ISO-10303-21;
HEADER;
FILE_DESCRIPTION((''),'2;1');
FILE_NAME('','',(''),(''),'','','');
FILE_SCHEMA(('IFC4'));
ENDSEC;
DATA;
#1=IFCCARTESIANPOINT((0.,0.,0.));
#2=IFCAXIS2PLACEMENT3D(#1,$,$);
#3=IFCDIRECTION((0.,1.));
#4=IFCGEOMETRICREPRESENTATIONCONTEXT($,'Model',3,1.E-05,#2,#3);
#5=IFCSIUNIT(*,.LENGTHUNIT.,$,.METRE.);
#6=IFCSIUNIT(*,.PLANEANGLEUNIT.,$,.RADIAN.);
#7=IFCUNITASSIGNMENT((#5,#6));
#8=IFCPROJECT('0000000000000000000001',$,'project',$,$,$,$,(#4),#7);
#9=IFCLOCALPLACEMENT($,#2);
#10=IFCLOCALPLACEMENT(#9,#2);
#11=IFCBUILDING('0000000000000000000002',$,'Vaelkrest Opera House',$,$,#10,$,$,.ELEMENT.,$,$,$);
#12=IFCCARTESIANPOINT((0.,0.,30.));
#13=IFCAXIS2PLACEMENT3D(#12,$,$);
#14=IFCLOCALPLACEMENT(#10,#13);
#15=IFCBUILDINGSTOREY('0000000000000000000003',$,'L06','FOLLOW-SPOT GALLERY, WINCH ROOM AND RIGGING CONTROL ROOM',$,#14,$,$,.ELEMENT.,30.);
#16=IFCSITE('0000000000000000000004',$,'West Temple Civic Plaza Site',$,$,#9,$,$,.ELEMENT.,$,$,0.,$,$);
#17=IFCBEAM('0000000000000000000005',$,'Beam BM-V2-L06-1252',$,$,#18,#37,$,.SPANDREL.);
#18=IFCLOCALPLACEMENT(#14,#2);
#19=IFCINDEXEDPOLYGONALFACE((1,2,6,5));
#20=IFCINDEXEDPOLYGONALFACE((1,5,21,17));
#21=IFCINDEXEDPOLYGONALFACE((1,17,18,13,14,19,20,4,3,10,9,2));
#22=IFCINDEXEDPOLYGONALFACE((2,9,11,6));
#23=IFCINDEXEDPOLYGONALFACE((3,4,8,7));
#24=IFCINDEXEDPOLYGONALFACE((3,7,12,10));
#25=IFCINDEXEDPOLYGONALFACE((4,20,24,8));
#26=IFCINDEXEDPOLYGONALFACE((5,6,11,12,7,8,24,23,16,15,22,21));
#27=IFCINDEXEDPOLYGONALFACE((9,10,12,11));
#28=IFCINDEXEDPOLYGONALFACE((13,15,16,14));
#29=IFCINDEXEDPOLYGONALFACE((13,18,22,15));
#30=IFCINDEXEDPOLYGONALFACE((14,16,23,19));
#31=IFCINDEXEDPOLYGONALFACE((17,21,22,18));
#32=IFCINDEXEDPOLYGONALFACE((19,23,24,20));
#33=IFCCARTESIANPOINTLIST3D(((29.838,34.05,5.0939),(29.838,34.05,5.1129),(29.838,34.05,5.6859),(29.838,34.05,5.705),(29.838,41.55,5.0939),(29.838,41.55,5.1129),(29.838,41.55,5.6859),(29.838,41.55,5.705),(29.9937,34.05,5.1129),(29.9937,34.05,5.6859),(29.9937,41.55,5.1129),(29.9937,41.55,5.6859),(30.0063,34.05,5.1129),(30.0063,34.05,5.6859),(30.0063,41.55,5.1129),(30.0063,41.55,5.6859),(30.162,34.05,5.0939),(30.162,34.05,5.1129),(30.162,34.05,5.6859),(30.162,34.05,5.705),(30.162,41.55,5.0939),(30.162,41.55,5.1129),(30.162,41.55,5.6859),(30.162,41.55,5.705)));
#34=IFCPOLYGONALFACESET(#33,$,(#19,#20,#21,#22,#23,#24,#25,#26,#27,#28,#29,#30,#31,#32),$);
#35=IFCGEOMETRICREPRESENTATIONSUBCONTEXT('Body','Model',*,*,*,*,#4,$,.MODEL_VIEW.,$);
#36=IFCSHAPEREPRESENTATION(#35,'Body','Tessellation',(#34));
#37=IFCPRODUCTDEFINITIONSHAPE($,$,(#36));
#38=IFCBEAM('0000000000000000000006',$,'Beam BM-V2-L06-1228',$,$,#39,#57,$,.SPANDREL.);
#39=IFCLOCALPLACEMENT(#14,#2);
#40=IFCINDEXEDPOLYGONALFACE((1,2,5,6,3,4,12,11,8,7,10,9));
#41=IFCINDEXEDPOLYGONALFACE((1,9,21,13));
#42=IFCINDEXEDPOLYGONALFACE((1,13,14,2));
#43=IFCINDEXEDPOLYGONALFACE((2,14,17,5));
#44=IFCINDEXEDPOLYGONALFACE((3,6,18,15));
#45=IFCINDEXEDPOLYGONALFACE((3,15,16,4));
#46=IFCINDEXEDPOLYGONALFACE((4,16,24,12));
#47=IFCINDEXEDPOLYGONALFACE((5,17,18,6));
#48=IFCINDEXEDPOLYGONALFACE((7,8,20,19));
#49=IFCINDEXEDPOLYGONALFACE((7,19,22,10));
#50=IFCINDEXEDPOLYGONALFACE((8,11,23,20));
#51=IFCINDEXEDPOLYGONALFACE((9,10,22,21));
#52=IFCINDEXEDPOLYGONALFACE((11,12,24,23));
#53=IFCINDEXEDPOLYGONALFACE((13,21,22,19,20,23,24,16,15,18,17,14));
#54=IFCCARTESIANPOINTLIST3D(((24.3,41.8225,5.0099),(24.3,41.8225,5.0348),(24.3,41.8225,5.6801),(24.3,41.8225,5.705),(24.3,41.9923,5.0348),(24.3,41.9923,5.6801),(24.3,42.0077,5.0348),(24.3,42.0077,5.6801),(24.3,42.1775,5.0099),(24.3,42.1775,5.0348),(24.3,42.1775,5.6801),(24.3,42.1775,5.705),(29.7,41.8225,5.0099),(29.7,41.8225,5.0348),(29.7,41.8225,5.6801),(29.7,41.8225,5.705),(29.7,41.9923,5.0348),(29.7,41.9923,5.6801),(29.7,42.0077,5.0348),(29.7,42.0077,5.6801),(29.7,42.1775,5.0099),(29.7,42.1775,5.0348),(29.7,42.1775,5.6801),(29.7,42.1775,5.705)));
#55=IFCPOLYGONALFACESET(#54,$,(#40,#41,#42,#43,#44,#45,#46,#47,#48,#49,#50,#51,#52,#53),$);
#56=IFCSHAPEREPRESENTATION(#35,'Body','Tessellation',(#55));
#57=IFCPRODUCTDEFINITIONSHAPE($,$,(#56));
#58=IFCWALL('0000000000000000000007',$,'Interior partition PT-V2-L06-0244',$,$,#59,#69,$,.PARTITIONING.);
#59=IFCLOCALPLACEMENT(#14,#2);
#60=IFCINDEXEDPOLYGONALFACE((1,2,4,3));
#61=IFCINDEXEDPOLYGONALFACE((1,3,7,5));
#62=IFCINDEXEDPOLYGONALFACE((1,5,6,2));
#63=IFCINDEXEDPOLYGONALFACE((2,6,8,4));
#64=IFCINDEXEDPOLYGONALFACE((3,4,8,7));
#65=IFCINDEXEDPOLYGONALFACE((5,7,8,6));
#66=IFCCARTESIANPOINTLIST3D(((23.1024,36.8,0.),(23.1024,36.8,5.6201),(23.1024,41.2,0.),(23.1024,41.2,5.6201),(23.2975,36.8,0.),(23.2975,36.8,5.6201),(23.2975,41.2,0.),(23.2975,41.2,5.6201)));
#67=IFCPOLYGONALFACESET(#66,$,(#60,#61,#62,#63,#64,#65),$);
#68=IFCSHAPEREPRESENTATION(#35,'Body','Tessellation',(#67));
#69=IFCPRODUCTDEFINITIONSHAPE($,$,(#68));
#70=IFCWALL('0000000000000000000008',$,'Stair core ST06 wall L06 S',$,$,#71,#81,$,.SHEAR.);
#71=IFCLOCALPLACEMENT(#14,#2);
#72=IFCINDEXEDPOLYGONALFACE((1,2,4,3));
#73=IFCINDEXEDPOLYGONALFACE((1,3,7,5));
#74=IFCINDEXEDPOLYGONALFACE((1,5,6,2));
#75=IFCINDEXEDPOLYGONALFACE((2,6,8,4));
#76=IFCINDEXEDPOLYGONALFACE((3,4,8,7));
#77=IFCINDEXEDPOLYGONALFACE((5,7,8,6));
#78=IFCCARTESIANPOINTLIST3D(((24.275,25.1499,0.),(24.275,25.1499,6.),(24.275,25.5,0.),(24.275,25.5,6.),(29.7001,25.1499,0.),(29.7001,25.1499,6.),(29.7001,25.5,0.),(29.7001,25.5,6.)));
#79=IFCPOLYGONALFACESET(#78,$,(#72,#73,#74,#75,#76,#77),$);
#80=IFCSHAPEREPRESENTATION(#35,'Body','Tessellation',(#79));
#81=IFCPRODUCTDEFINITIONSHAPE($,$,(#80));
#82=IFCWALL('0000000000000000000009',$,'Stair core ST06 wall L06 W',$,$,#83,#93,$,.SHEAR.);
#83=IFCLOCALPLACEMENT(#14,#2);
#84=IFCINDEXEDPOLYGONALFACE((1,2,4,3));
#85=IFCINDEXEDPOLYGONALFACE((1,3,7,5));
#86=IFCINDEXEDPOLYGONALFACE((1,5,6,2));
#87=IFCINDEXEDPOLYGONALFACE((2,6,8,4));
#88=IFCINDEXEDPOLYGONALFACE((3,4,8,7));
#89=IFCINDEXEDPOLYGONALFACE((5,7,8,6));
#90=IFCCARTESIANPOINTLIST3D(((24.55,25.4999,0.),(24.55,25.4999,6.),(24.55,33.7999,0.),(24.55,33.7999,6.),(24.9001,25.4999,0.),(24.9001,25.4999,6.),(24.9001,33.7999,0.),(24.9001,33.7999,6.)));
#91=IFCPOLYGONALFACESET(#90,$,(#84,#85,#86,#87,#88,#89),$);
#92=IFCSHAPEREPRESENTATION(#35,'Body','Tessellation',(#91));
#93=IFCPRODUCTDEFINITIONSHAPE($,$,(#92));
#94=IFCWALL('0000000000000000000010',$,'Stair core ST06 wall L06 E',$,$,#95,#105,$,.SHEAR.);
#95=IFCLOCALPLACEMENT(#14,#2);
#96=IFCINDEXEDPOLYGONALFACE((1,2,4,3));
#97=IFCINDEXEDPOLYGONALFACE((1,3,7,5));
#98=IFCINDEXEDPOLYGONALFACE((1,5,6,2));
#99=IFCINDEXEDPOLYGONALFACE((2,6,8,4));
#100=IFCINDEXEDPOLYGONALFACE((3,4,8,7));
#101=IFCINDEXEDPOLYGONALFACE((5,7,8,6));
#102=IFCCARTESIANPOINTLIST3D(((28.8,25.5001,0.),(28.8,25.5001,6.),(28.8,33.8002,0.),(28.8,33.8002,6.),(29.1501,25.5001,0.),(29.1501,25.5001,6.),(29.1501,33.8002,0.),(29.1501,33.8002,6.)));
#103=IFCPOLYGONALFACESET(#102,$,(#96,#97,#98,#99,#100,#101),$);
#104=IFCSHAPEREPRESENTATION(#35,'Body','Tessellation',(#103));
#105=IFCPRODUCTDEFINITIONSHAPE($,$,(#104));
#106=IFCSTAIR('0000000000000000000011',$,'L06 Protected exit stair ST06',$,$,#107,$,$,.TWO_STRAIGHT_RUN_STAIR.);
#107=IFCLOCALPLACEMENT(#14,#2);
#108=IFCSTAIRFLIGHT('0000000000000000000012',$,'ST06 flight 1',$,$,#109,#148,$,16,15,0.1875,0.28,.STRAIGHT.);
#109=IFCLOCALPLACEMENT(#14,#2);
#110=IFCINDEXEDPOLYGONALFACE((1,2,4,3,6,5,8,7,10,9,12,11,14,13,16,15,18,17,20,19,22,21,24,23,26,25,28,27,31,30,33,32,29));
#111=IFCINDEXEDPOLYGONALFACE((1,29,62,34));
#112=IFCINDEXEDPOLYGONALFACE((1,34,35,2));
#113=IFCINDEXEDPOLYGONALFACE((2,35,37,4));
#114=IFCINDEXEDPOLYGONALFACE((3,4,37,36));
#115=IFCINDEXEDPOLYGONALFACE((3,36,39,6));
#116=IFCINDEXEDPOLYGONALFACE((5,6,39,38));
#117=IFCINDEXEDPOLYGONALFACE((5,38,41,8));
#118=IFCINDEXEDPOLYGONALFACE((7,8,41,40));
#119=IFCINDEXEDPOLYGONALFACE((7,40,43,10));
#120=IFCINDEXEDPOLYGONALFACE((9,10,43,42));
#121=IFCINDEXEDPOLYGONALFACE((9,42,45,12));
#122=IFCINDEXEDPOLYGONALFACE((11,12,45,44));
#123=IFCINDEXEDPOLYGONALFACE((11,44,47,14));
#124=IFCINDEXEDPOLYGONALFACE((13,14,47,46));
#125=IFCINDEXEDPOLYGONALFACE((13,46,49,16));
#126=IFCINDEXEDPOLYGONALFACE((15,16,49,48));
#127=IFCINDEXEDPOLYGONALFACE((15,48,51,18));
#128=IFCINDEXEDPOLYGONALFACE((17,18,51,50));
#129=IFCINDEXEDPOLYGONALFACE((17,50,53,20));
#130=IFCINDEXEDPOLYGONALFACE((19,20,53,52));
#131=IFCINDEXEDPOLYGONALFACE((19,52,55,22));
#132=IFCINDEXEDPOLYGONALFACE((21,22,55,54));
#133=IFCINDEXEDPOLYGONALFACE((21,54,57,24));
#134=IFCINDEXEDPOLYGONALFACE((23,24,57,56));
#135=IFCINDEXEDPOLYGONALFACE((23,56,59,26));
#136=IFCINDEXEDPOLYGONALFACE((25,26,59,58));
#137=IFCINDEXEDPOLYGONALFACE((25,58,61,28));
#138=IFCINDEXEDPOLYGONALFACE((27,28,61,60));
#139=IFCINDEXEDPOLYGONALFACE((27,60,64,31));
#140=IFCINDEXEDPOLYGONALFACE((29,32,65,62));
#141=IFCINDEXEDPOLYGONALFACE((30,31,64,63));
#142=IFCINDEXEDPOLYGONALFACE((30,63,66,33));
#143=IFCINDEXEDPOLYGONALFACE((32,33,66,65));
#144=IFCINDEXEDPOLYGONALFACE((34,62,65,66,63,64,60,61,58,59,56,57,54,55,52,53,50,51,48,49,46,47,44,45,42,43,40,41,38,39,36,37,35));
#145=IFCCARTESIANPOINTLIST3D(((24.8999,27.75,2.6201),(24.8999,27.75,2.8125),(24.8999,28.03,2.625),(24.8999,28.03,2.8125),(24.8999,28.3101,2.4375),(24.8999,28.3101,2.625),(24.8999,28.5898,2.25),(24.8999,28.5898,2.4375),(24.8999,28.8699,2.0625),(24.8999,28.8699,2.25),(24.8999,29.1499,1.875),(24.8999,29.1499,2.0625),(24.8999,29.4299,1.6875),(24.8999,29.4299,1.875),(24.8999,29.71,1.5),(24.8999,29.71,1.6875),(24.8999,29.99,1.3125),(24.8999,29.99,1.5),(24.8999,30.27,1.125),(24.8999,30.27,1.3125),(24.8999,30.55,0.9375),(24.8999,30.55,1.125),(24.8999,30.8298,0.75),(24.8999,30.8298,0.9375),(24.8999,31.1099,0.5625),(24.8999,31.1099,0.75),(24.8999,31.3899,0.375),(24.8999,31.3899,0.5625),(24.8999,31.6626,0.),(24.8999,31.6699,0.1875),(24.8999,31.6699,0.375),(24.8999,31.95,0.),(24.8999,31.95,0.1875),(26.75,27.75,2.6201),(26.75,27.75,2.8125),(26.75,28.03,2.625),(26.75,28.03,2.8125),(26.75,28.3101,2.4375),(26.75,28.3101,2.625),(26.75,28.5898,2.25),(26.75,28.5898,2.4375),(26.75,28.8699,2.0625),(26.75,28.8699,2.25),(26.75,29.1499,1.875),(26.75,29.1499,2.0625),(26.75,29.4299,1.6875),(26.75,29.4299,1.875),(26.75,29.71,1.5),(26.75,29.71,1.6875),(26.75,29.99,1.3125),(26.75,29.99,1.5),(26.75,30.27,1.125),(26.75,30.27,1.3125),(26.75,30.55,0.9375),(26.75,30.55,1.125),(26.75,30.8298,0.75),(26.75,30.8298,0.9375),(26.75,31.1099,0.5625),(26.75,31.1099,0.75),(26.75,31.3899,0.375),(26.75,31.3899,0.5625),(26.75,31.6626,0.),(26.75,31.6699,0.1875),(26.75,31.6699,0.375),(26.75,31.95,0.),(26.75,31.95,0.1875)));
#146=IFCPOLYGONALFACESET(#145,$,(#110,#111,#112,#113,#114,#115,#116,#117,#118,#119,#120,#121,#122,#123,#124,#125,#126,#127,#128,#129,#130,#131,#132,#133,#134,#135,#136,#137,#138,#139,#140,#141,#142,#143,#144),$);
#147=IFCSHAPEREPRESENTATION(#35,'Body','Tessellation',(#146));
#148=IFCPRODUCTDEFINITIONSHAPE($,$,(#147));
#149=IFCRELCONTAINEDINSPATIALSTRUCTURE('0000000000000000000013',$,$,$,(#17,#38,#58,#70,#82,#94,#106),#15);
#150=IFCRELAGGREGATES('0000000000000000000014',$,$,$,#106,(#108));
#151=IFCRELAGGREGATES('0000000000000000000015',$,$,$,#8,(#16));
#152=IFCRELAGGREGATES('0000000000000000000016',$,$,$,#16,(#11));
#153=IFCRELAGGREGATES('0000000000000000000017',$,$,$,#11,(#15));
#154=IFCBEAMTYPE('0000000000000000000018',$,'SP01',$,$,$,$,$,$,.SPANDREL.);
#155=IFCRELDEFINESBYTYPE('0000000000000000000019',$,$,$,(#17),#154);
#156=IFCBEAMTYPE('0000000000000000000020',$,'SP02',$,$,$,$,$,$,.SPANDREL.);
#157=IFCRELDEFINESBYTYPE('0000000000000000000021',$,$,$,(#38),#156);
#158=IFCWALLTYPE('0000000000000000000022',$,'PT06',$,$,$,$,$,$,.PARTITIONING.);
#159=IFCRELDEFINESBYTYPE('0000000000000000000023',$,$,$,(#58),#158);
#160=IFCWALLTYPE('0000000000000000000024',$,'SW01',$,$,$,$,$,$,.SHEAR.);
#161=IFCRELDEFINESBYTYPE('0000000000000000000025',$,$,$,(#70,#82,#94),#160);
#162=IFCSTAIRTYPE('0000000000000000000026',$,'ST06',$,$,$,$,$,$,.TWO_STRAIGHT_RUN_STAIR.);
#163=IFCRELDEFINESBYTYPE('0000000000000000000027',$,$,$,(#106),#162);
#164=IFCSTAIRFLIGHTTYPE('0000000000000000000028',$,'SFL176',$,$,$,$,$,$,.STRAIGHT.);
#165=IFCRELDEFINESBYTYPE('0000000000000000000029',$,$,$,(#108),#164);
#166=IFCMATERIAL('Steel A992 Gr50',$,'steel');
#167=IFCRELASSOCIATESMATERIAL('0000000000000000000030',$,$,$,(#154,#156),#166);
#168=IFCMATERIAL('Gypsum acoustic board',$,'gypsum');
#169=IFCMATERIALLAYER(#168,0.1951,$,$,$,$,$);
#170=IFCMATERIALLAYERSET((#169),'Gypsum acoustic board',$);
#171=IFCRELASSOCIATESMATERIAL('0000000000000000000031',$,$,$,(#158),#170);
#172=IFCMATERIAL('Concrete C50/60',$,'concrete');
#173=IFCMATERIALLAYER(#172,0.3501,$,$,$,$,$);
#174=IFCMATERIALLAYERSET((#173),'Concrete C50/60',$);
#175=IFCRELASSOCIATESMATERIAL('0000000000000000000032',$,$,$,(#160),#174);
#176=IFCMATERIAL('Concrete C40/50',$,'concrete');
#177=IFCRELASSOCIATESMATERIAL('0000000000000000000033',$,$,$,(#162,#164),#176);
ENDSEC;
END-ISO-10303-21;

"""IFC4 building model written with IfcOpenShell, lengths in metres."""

from ifc_helpers import new_model, si_unit, direction, frame, frame_2d, origin, origin_2d, place, context, subcontext, project, spatial, polyline, rectangle, i_section, outline, extrude, material, layer, layer_set, material_profile, profile_set, type_object, element, aggregate, save


model = new_model("IFC4")

# Units and contexts
model_context = context("Model", 3, precision=1e-05, world=origin(), true_north=direction((0.0, 1.0)))
body_context = subcontext(model_context, "Body", "Model", "MODEL_VIEW")
ifc_project = project(units=[si_unit("LENGTHUNIT", "METRE"), si_unit("PLANEANGLEUNIT", "RADIAN")], contexts=[model_context])

# Site, building, storey
site_placement = place(None, origin())
site = spatial("IfcSite", under=ifc_project, at=site_placement, Name="West Temple Civic Plaza Site", CompositionType="ELEMENT", RefElevation=0.0)
building_placement = place(site_placement, origin())
building = spatial("IfcBuilding", under=site, at=building_placement, Name="Vaelkrest Opera House", CompositionType="ELEMENT")
storey_placement = place(building_placement, frame((0.0, 0.0, 30.0)))
storey = spatial("IfcBuildingStorey", under=building, at=storey_placement, Name="L06", Description="FOLLOW-SPOT GALLERY, WINCH ROOM AND RIGGING CONTROL ROOM", CompositionType="ELEMENT", Elevation=30.0)

# Shared definitions
ifc_material_1 = material(Name="Concrete C50/60", Category="concrete")

# Beams
ifc_material_2 = material(Name="Steel A992 Gr50", Category="steel")
ifc_material_profile_1 = material_profile(ifc_material_2, i_section(OverallWidth=0.324, OverallDepth=0.6111, WebThickness=0.0127, FlangeThickness=0.019, at=origin_2d()), Name="W24X104")
ifc_profile_set_1 = profile_set([ifc_material_profile_1], Name="Steel A992 Gr50")
beam_type_1 = type_object("IfcBeamType", Name="SP01", PredefinedType="SPANDREL", material=ifc_profile_set_1)
for number, where, z_axis, x_axis, name in (
    (1, (30.0, 34.05, 5.3994), (0.0, 1.0, 0.0), (-1.0, 0.0, 0.0), "Beam BM-V2-L06-1252"),
):
    element("IfcBeam", number, at=place(storey_placement, frame(where, z_axis=z_axis, x_axis=x_axis)), inside=storey, type_object=beam_type_1, Name=name, PredefinedType="SPANDREL", context=body_context, shape_type="SweptSolid", body=[
        extrude(i_section(OverallWidth=0.324, OverallDepth=0.6111, WebThickness=0.0127, FlangeThickness=0.019, at=origin_2d()), origin(), (0.0, 0.0, 1.0), 7.5),
    ])
ifc_material_profile_2 = material_profile(ifc_material_2, i_section(OverallWidth=0.355, OverallDepth=0.6951, WebThickness=0.0154, FlangeThickness=0.0249, at=origin_2d()), Name="W27X146")
ifc_profile_set_2 = profile_set([ifc_material_profile_2], Name="Steel A992 Gr50")
beam_type_2 = type_object("IfcBeamType", Name="SP02", PredefinedType="SPANDREL", material=ifc_profile_set_2)
beam_1_placement = place(storey_placement, frame((24.3, 42.0, 5.3574), z_axis=(1.0, 0.0, 0.0), x_axis=(0.0, 1.0, 0.0)))
element("IfcBeam", 2, at=beam_1_placement, inside=storey, type_object=beam_type_2, Name="Beam BM-V2-L06-1228", PredefinedType="SPANDREL", context=body_context, shape_type="SweptSolid", body=[
    extrude(i_section(OverallWidth=0.355, OverallDepth=0.6951, WebThickness=0.0154, FlangeThickness=0.0249, at=origin_2d()), origin(), (0.0, 0.0, 1.0), 5.3999),
])

# Walls
ifc_material_3 = material(Name="Gypsum acoustic board", Category="gypsum")
ifc_layer_1 = layer(ifc_material_3, 0.1951)
ifc_layer_set_1 = layer_set([ifc_layer_1], Name="Gypsum acoustic board")
wall_type_1 = type_object("IfcWallType", Name="PT06", PredefinedType="PARTITIONING", material=ifc_layer_set_1)
wall_1_placement = place(storey_placement, frame((23.2, 36.8, 0.0), z_axis=(0.0, 0.0, 1.0), x_axis=(0.0, 1.0, 0.0)))
element("IfcWall", 3, at=wall_1_placement, inside=storey, type_object=wall_type_1, Name="Interior partition PT-V2-L06-0244", PredefinedType="PARTITIONING", context=body_context, shape_type="SweptSolid", body=[
    extrude(rectangle(XDim=4.3999, YDim=0.1951, at=frame_2d((2.2, 0.0))), origin(), (0.0, 0.0, 1.0), 5.6201),
])
ifc_layer_2 = layer(ifc_material_1, 0.3501)
ifc_layer_set_2 = layer_set([ifc_layer_2], Name="Concrete C50/60")
wall_type_2 = type_object("IfcWallType", Name="SW01", PredefinedType="SHEAR", material=ifc_layer_set_2)
wall_2_placement = place(storey_placement, frame((29.7, 25.325, 0.0), z_axis=(0.0, 0.0, 1.0), x_axis=(-1.0, 0.0, 0.0)))
element("IfcWall", 4, at=wall_2_placement, inside=storey, type_object=wall_type_2, Name="Stair core ST06 wall L06 S", PredefinedType="SHEAR", context=body_context, shape_type="SweptSolid", body=[
    extrude(rectangle(XDim=5.425, YDim=0.3501, at=frame_2d((2.7124, 0.0))), origin(), (0.0, 0.0, 1.0), 6.0),
])
wall_3_placement = place(storey_placement, frame((24.7251, 25.5, 0.0), z_axis=(0.0, 0.0, 1.0), x_axis=(0.0, 1.0, 0.0)))
element("IfcWall", 5, at=wall_3_placement, inside=storey, type_object=wall_type_2, Name="Stair core ST06 wall L06 W", PredefinedType="SHEAR", context=body_context, shape_type="SweptSolid", body=[
    extrude(rectangle(XDim=8.3, YDim=0.3501, at=frame_2d((4.1499, 0.0))), origin(), (0.0, 0.0, 1.0), 6.0),
])

# Wall
wall_4_placement = place(storey_placement, frame((28.9751, 33.8, 0.0), z_axis=(0.0, 0.0, 1.0), x_axis=(0.0, -1.0, 0.0)))
element("IfcWall", 6, at=wall_4_placement, inside=storey, type_object=wall_type_2, Name="Stair core ST06 wall L06 E", PredefinedType="SHEAR", context=body_context, shape_type="SweptSolid", body=[
    extrude(rectangle(XDim=8.3, YDim=0.3501, at=frame_2d((4.1499, 0.0))), origin(), (0.0, 0.0, 1.0), 6.0),
])

# Stair, stair flight
ifc_material_4 = material(Name="Concrete C40/50", Category="concrete")
stair_type = type_object("IfcStairType", Name="ST06", PredefinedType="TWO_STRAIGHT_RUN_STAIR", material=ifc_material_4)
stair_placement = place(storey_placement, origin())
stair = element("IfcStair", 7, at=stair_placement, inside=storey, type_object=stair_type, Name="L06 Protected exit stair ST06", PredefinedType="TWO_STRAIGHT_RUN_STAIR")
stair_flight_type = type_object("IfcStairFlightType", Name="SFL176", PredefinedType="STRAIGHT", material=ifc_material_4)
stair_flight_1_placement = place(storey_placement, frame((25.825, 31.95, 0.0), z_axis=(0.0, 0.0, 1.0), x_axis=(0.0, -1.0, 0.0)))
stair_flight_1 = element("IfcStairFlight", 8, at=stair_flight_1_placement, type_object=stair_flight_type, Name="ST06 flight 1", NumberOfRisers=16, NumberOfTreads=15, PredefinedType="STRAIGHT", RiserHeight=0.1875, TreadLength=0.28, context=body_context, shape_type="SweptSolid", body=[
    extrude(outline(polyline([(0.0, 0.0), (0.0, 0.1875), (0.28, 0.1875), (0.28, 0.375), (0.5601, 0.375), (0.5601, 0.5625), (0.8401, 0.5625), (0.8401, 0.75), (1.1201, 0.75), (1.1201, 0.9375), (1.3999, 0.9375), (1.3999, 1.125), (1.6799, 1.125), (1.6799, 1.3125), (1.96, 1.3125), (1.96, 1.5), (2.24, 1.5), (2.24, 1.6875), (2.52, 1.6875), (2.52, 1.875), (2.8, 1.875), (2.8, 2.0625), (3.0801, 2.0625), (3.0801, 2.25), (3.3601, 2.25), (3.3601, 2.4375), (3.6399, 2.4375), (3.6399, 2.625), (3.9199, 2.625), (3.9199, 2.8125), (4.2, 2.8125), (4.2, 3.0), (4.2, 2.6201), (0.2874, 0.0), (0.0, 0.0)])), frame((0.0, 0.925, 0.0), z_axis=(0.0, -1.0, 0.0), x_axis=(1.0, 0.0, 0.0)), (0.0, 0.0, 1.0), 1.8501),
])
aggregate(stair, [stair_flight_1])

save(model, "model.ifc")
